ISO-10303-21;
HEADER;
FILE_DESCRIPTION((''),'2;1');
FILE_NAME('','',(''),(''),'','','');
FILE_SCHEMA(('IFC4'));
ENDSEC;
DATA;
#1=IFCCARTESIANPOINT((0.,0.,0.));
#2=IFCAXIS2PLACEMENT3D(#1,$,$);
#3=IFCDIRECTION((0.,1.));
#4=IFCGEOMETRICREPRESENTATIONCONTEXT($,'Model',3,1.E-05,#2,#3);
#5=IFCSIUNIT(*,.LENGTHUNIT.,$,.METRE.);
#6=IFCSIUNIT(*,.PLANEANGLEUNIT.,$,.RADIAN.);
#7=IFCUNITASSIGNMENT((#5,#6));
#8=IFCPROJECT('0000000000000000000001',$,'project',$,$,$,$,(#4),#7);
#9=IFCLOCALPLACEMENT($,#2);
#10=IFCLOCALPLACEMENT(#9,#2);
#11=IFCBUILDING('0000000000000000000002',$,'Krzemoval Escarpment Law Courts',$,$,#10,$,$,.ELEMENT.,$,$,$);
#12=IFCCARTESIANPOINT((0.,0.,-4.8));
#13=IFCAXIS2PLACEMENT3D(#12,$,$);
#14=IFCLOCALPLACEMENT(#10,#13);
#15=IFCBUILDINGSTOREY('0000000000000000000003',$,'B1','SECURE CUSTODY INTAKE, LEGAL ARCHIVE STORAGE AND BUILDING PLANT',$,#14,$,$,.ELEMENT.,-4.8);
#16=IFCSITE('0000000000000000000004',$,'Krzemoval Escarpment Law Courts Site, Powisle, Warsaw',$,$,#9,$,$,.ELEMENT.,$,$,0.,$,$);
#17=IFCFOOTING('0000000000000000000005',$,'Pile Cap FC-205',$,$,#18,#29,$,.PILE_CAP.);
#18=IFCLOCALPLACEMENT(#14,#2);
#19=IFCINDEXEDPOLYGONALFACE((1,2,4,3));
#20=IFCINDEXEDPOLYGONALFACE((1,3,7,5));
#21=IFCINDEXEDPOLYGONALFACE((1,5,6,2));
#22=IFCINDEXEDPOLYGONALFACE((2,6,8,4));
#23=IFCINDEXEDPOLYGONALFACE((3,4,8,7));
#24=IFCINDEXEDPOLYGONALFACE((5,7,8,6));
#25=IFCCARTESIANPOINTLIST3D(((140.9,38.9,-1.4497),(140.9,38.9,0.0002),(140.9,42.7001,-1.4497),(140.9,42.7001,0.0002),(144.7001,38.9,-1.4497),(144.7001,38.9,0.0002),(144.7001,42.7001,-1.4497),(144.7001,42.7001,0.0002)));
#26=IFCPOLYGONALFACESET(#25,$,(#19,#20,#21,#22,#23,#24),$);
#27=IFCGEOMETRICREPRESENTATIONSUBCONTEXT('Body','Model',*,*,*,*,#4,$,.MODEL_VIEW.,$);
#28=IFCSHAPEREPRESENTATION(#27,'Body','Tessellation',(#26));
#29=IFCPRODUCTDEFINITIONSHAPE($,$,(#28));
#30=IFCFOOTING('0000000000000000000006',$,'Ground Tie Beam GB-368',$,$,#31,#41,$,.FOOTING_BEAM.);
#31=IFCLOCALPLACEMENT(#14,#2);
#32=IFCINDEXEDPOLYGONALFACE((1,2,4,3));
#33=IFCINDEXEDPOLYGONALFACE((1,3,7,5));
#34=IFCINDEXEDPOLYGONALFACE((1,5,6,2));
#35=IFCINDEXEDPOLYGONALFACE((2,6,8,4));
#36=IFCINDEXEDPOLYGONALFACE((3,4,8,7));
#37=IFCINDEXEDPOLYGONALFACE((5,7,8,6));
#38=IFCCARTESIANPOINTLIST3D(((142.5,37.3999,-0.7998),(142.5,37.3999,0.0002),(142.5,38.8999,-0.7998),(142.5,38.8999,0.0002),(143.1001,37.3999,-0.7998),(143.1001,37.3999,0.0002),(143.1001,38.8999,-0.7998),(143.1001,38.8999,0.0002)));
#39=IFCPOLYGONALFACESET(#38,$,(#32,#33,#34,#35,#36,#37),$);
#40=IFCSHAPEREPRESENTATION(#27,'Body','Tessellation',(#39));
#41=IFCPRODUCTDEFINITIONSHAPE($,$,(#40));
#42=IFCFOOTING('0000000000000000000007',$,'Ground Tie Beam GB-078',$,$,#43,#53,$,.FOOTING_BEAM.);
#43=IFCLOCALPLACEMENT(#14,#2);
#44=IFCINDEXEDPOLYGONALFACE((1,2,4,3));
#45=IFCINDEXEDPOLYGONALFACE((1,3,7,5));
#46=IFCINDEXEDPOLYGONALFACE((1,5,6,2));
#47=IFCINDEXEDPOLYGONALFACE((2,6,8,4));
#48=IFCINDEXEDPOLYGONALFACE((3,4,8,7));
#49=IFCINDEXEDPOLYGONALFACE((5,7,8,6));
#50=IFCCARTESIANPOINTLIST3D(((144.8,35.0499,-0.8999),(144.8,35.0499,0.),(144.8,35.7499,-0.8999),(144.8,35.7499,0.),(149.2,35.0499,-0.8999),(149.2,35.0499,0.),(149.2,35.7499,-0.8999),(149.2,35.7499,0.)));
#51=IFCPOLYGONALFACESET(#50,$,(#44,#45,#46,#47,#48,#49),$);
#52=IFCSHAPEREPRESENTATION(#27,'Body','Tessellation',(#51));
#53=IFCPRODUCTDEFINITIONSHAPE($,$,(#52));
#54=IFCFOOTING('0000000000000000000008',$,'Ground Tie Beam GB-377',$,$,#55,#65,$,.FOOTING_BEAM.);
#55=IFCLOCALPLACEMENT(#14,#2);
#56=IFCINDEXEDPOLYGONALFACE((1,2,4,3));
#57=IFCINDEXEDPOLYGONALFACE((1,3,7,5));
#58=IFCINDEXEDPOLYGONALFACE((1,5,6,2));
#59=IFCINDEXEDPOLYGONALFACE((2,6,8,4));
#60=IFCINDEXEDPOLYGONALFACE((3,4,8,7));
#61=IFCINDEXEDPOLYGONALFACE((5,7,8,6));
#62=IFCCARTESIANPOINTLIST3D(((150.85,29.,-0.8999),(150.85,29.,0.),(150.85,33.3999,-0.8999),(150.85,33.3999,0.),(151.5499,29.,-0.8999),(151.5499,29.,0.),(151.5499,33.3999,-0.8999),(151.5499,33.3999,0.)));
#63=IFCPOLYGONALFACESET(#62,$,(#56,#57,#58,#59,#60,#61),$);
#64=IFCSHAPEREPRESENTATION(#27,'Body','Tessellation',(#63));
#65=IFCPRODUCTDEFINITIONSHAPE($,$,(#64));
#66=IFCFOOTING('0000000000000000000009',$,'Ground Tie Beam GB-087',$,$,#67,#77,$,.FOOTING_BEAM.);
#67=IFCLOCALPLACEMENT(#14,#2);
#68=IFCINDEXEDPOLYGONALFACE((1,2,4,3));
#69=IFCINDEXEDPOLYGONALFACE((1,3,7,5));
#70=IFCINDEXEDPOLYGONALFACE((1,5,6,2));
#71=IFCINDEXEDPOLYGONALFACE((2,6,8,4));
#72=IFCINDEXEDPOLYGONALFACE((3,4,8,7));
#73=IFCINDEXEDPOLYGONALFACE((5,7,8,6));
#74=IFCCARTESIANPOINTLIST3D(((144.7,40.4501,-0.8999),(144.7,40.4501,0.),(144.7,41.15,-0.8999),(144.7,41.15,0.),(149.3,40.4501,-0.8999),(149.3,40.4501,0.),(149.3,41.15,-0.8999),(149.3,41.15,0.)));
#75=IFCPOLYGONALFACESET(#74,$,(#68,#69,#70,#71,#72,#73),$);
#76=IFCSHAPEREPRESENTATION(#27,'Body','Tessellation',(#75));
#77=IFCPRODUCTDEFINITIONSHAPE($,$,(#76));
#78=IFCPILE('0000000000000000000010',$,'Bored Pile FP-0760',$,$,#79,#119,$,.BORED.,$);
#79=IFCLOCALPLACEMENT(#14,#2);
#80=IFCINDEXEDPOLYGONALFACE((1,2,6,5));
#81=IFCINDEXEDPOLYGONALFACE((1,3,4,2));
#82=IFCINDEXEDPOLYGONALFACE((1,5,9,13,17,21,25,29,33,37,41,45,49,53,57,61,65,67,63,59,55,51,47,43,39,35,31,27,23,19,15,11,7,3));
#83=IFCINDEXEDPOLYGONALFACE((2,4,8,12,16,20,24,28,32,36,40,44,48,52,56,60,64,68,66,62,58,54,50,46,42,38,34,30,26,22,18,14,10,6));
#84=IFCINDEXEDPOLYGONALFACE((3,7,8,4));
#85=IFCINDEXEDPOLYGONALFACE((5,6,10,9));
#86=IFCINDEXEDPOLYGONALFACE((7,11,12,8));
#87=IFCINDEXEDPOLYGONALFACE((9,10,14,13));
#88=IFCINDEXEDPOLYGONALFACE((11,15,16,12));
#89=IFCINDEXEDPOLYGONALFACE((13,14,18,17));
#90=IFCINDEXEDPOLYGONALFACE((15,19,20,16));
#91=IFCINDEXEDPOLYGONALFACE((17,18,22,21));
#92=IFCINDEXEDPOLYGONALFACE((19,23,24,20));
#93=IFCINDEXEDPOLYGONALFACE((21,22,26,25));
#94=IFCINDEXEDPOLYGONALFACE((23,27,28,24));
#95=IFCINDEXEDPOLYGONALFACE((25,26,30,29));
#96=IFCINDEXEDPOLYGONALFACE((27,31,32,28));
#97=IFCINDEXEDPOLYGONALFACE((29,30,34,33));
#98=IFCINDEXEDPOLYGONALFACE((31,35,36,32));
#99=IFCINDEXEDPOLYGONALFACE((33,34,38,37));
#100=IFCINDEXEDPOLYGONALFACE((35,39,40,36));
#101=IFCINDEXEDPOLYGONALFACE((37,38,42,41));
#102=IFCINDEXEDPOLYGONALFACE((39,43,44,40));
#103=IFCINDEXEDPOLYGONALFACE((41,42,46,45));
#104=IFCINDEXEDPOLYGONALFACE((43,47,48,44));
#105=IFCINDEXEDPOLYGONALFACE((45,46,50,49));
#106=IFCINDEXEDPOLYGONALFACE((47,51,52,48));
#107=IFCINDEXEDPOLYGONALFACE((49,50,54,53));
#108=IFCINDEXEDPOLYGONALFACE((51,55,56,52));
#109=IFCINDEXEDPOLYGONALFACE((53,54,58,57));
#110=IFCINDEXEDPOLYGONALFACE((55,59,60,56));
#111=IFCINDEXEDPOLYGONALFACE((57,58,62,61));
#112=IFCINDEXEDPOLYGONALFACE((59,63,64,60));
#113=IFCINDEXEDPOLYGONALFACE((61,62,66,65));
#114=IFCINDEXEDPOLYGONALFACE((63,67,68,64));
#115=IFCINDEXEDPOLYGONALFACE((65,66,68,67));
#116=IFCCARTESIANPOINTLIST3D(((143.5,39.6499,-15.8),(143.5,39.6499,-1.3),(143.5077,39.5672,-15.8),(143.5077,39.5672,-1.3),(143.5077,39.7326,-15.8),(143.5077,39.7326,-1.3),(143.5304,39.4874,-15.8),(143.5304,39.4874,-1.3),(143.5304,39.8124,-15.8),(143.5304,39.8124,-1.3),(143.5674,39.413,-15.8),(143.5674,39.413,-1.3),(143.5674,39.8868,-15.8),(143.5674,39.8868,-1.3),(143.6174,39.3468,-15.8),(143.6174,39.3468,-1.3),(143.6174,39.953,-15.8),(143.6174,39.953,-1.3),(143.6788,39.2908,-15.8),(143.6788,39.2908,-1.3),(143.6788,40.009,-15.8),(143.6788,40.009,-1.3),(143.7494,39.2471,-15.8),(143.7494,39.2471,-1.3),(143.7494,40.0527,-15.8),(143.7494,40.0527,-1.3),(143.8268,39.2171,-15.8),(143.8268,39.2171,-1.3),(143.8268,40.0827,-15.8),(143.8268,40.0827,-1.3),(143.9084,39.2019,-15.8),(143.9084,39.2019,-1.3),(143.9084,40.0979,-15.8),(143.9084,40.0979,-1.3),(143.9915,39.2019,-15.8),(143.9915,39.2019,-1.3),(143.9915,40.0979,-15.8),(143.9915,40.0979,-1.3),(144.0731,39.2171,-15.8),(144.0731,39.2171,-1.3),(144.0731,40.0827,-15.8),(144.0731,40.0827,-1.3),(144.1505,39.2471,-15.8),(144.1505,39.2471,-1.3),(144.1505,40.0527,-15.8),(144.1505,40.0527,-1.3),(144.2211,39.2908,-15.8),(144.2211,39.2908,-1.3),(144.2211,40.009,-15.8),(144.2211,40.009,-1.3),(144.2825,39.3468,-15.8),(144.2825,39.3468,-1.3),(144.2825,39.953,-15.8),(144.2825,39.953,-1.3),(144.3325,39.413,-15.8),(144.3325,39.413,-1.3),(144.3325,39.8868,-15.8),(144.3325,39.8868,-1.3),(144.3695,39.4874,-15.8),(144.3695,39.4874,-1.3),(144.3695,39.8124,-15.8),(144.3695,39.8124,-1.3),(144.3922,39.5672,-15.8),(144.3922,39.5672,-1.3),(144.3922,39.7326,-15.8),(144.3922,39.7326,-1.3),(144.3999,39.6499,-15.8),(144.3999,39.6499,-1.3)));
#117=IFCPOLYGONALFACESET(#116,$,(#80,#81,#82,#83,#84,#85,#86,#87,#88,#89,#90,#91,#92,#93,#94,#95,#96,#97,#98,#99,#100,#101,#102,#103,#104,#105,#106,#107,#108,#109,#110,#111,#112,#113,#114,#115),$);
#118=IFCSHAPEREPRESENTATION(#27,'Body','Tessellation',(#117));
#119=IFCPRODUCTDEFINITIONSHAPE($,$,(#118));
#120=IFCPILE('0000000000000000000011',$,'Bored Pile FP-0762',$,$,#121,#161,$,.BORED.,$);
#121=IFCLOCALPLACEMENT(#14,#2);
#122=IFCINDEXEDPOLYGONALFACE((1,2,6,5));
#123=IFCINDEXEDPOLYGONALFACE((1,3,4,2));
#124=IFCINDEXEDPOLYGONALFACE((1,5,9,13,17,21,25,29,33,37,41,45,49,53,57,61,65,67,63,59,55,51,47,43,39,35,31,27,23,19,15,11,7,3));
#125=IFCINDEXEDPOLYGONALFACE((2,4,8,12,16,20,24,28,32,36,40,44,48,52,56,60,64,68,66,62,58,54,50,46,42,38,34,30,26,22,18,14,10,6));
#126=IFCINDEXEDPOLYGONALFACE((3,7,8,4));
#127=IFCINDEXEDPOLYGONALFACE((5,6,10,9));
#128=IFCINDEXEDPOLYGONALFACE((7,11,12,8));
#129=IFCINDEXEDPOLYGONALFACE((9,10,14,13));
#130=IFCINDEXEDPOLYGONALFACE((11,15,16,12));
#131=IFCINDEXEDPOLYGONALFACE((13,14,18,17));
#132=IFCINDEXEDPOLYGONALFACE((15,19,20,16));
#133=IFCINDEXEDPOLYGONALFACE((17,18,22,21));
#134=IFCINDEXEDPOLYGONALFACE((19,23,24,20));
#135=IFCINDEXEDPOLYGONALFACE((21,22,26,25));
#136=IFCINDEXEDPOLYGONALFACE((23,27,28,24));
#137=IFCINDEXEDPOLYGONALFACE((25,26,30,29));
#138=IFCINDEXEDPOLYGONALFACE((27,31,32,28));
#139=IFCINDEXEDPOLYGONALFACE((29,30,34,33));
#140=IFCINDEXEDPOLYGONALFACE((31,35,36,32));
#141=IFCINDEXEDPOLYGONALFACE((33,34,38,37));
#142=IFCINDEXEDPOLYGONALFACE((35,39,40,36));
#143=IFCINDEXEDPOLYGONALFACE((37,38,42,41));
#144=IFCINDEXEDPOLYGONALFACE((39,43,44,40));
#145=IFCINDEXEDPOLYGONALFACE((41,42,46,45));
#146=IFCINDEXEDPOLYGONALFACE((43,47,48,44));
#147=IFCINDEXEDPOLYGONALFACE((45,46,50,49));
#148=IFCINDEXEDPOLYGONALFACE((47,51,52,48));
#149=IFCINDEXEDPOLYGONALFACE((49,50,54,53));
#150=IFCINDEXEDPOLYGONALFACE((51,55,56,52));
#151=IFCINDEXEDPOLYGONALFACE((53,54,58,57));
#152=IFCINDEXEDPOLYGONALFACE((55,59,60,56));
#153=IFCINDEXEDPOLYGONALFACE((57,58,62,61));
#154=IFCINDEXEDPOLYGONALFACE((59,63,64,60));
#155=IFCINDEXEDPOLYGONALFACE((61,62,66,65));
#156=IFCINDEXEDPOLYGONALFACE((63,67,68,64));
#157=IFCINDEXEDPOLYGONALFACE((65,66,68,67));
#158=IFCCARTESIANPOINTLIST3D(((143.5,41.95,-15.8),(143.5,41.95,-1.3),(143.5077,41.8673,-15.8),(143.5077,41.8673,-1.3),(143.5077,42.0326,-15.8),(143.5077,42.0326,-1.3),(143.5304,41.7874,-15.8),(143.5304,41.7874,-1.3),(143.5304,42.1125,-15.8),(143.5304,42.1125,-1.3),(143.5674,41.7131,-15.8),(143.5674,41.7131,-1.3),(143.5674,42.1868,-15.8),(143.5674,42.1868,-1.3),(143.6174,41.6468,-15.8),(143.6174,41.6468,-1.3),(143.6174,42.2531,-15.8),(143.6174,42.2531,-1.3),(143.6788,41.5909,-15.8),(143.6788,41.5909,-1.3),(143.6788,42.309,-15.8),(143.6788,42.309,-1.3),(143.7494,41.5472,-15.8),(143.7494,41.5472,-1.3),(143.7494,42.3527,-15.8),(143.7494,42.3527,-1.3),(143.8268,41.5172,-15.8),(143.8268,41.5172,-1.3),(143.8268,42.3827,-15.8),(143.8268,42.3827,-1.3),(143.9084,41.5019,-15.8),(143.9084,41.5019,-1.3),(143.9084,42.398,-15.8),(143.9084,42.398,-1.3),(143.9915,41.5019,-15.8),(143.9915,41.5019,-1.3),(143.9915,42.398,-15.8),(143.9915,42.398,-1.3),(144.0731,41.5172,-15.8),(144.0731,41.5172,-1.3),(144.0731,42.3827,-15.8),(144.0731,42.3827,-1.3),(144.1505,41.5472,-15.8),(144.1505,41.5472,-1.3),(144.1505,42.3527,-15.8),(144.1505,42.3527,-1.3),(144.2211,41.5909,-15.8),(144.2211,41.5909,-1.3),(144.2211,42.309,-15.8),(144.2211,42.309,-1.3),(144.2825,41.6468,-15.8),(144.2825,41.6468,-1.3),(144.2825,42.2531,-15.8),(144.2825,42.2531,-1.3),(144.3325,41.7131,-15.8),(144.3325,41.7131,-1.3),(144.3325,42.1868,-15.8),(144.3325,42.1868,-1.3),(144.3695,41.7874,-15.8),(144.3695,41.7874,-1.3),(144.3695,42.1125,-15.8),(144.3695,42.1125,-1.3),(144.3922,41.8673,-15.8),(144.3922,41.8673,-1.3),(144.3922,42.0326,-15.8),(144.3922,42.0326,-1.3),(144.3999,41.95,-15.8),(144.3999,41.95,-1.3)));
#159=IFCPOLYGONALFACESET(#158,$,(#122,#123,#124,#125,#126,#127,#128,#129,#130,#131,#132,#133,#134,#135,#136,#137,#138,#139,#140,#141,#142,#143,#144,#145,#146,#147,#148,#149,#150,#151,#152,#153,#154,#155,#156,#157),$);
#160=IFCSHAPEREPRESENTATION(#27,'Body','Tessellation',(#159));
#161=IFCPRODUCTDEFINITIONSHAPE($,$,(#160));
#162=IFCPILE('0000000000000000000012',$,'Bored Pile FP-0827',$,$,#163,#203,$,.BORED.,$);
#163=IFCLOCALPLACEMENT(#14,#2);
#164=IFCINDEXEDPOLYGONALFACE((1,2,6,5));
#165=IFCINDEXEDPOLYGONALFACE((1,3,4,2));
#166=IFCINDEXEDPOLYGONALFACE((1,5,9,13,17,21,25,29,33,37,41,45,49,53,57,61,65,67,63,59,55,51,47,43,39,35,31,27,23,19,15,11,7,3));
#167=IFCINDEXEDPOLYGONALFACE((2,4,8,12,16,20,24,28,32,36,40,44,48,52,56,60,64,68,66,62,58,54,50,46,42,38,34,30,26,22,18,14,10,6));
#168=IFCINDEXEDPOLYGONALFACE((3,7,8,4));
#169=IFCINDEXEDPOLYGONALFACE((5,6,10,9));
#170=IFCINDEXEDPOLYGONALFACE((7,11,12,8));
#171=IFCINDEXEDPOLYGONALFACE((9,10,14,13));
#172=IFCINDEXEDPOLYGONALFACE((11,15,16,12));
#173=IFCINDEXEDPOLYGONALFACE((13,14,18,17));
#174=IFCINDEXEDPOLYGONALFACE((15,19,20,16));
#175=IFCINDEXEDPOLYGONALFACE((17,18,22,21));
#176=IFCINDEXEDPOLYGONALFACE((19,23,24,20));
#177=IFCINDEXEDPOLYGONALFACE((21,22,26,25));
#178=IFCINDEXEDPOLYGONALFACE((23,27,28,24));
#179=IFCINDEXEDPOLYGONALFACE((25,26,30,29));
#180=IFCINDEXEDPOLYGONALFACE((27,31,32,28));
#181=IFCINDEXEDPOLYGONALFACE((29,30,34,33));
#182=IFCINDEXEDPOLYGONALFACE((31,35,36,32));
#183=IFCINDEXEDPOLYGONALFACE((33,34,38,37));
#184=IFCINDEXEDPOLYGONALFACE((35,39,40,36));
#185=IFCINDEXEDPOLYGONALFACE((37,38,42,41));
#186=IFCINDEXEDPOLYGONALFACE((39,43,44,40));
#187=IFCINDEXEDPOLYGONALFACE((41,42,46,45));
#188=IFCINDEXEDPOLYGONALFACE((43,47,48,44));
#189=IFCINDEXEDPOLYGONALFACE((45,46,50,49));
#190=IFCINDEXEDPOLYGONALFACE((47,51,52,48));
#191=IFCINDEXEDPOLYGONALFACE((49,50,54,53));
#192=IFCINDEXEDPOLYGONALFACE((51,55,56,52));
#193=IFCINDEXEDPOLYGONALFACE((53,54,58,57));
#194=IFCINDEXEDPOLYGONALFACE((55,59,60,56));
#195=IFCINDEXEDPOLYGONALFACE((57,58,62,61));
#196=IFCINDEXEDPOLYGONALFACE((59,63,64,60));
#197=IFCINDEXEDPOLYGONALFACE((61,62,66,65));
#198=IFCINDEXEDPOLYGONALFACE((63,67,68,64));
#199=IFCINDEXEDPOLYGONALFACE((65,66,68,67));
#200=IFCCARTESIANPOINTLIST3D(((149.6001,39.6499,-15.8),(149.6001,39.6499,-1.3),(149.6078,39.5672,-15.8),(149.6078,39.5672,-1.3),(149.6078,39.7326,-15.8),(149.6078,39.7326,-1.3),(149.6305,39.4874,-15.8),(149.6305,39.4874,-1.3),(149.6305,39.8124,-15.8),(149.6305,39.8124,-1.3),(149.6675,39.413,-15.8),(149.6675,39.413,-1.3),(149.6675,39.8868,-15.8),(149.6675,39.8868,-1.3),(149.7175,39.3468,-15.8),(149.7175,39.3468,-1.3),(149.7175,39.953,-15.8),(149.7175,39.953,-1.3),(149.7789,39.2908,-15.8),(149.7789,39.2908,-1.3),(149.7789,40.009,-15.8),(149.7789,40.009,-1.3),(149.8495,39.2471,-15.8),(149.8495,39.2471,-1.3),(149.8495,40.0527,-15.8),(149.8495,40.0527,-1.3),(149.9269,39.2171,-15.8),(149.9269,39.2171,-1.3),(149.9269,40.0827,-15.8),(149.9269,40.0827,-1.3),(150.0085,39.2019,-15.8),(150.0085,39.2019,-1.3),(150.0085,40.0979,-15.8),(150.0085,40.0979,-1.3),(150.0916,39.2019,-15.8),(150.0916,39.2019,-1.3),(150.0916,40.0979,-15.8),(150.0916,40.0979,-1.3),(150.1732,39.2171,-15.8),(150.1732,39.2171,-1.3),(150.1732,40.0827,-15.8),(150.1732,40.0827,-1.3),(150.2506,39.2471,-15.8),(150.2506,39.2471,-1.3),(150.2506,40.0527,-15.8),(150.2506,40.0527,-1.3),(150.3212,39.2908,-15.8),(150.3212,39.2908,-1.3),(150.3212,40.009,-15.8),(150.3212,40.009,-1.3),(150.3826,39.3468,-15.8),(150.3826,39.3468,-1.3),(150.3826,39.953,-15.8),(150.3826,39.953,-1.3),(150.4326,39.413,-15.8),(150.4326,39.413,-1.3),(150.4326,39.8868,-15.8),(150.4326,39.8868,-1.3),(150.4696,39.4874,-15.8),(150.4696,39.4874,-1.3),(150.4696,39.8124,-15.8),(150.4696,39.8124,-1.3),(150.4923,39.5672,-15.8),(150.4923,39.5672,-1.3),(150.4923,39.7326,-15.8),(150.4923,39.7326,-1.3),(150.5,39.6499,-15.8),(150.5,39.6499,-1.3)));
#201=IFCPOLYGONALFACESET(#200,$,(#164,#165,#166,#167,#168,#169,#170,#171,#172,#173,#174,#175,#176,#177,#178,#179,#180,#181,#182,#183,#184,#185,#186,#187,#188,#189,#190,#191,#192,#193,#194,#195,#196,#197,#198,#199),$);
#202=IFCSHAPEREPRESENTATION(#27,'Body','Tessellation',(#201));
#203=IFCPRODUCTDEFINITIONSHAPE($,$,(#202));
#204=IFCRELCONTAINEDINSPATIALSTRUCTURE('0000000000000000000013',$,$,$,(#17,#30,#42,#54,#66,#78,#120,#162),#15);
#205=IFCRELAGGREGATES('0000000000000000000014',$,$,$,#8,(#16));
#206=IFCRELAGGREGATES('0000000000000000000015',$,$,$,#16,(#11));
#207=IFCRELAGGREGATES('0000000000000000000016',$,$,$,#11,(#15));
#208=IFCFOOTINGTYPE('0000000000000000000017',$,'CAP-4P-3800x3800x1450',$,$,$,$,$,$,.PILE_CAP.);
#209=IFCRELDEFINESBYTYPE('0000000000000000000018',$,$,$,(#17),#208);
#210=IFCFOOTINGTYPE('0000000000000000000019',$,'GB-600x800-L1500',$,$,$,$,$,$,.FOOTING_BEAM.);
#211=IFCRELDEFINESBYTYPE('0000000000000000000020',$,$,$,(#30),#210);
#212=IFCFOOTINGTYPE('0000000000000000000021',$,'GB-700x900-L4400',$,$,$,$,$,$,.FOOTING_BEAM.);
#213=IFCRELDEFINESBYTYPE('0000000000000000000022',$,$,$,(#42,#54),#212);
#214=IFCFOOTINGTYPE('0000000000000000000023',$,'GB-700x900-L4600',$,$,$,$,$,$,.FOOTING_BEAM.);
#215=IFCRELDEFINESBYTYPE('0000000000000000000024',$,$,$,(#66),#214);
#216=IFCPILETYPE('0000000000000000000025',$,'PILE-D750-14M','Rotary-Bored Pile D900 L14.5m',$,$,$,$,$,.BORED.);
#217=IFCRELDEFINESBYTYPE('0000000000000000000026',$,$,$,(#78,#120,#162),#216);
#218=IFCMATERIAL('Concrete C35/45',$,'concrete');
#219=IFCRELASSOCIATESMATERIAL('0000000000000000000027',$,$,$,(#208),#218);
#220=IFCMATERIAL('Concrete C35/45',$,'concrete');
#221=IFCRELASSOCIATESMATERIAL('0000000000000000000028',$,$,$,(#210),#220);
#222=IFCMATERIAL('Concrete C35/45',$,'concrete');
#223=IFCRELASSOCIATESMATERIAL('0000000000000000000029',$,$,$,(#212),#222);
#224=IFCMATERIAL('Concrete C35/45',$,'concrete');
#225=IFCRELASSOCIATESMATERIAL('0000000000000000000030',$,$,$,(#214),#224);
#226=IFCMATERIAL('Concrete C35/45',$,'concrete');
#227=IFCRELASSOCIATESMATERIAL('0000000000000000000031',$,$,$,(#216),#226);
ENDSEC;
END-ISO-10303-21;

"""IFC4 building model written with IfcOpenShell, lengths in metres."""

from ifc_helpers import new_model, si_unit, direction, frame, origin, origin_2d, place, context, subcontext, project, spatial, rectangle, circle, extrude, material, material_profile, profile_set, type_object, element, save


model = new_model("IFC4")

# Units and contexts
model_context = context("Model", 3, precision=1e-05, world=origin(), true_north=direction((0.0, 1.0)))
body_context = subcontext(model_context, "Body", "Model", "MODEL_VIEW")
ifc_project = project(units=[si_unit("LENGTHUNIT", "METRE"), si_unit("PLANEANGLEUNIT", "RADIAN")], contexts=[model_context])

# Site, building, storey
site_placement = place(None, origin())
site = spatial("IfcSite", under=ifc_project, at=site_placement, Name="Krzemoval Escarpment Law Courts Site, Powisle, Warsaw", CompositionType="ELEMENT", RefElevation=0.0)
building_placement = place(site_placement, origin())
building = spatial("IfcBuilding", under=site, at=building_placement, Name="Krzemoval Escarpment Law Courts", CompositionType="ELEMENT")
storey_placement = place(building_placement, frame((0.0, 0.0, -4.8)))
storey = spatial("IfcBuildingStorey", under=building, at=storey_placement, Name="B1", Description="SECURE CUSTODY INTAKE, LEGAL ARCHIVE STORAGE AND BUILDING PLANT", CompositionType="ELEMENT", Elevation=-4.8)

# Footings
ifc_material_1 = material(Name="Concrete C35/45", Category="concrete")
footing_type_1 = type_object("IfcFootingType", Name="CAP-4P-3800x3800x1450", PredefinedType="PILE_CAP", material=ifc_material_1)
footing_1_placement = place(storey_placement, frame((142.8, 40.8, -1.4497), z_axis=(0.0, 0.0, 1.0), x_axis=(1.0, 0.0, 0.0)))
element("IfcFooting", 1, at=footing_1_placement, inside=storey, type_object=footing_type_1, Name="Pile Cap FC-205", PredefinedType="PILE_CAP", context=body_context, shape_type="SweptSolid", body=[
    extrude(rectangle(XDim=3.8, YDim=3.8, at=origin_2d()), origin(), (0.0, 0.0, 1.0), 1.45),
])
ifc_material_2 = material(Name="Concrete C35/45", Category="concrete")
footing_type_2 = type_object("IfcFootingType", Name="GB-600x800-L1500", PredefinedType="FOOTING_BEAM", material=ifc_material_2)
footing_2_placement = place(storey_placement, frame((142.8, 38.1499, -0.7998), z_axis=(0.0, 0.0, 1.0), x_axis=(0.0, 1.0, 0.0)))
element("IfcFooting", 2, at=footing_2_placement, inside=storey, type_object=footing_type_2, Name="Ground Tie Beam GB-368", PredefinedType="FOOTING_BEAM", context=body_context, shape_type="SweptSolid", body=[
    extrude(rectangle(XDim=1.5, YDim=0.6001, at=origin_2d()), origin(), (0.0, 0.0, 1.0), 0.8),
])
ifc_material_3 = material(Name="Concrete C35/45", Category="concrete")
footing_type_3 = type_object("IfcFootingType", Name="GB-700x900-L4400", PredefinedType="FOOTING_BEAM", material=ifc_material_3)
for number, where, z_axis, x_axis, name in (
    (3, (147.0, 35.3999, -0.8999), (0.0, 0.0, 1.0), (1.0, 0.0, 0.0), "Ground Tie Beam GB-078"),
    (4, (151.2, 31.2, -0.8999), (0.0, 0.0, 1.0), (0.0, 1.0, 0.0), "Ground Tie Beam GB-377"),
):
    element("IfcFooting", number, at=place(storey_placement, frame(where, z_axis=z_axis, x_axis=x_axis)), inside=storey, type_object=footing_type_3, Name=name, PredefinedType="FOOTING_BEAM", context=body_context, shape_type="SweptSolid", body=[
        extrude(rectangle(XDim=4.3999, YDim=0.7, at=origin_2d()), origin(), (0.0, 0.0, 1.0), 0.8999),
    ])
ifc_material_4 = material(Name="Concrete C35/45", Category="concrete")
footing_type_4 = type_object("IfcFootingType", Name="GB-700x900-L4600", PredefinedType="FOOTING_BEAM", material=ifc_material_4)
footing_3_placement = place(storey_placement, frame((147.0, 40.8, -0.8999), z_axis=(0.0, 0.0, 1.0), x_axis=(1.0, 0.0, 0.0)))
element("IfcFooting", 5, at=footing_3_placement, inside=storey, type_object=footing_type_4, Name="Ground Tie Beam GB-087", PredefinedType="FOOTING_BEAM", context=body_context, shape_type="SweptSolid", body=[
    extrude(rectangle(XDim=4.6001, YDim=0.7, at=origin_2d()), origin(), (0.0, 0.0, 1.0), 0.8999),
])

# Piles
ifc_material_5 = material(Name="Concrete C35/45", Category="concrete")
ifc_material_profile_1 = material_profile(ifc_material_5, circle(Radius=0.45, at=origin_2d()), Name="PILE D900")
ifc_profile_set_1 = profile_set([ifc_material_profile_1], Name="Concrete C35/45")
pile_type_1 = type_object("IfcPileType", Name="PILE-D750-14M", Description="Rotary-Bored Pile D900 L14.5m", PredefinedType="BORED", material=ifc_profile_set_1)
for number, where, z_axis, x_axis, name in (
    (6, (143.95, 39.6499, -1.3), (0.0, 0.0, -1.0), (1.0, 0.0, 0.0), "Bored Pile FP-0760"),
    (7, (143.95, 41.95, -1.3), (0.0, 0.0, -1.0), (1.0, 0.0, 0.0), "Bored Pile FP-0762"),
    (8, (150.05, 39.6499, -1.3), (0.0, 0.0, -1.0), (1.0, 0.0, 0.0), "Bored Pile FP-0827"),
):
    element("IfcPile", number, at=place(storey_placement, frame(where, z_axis=z_axis, x_axis=x_axis)), inside=storey, type_object=pile_type_1, Name=name, PredefinedType="BORED", context=body_context, shape_type="SweptSolid", body=[
        extrude(circle(Radius=0.45, at=origin_2d()), origin(), (0.0, 0.0, 1.0), 14.5),
    ])

save(model, "model.ifc")
